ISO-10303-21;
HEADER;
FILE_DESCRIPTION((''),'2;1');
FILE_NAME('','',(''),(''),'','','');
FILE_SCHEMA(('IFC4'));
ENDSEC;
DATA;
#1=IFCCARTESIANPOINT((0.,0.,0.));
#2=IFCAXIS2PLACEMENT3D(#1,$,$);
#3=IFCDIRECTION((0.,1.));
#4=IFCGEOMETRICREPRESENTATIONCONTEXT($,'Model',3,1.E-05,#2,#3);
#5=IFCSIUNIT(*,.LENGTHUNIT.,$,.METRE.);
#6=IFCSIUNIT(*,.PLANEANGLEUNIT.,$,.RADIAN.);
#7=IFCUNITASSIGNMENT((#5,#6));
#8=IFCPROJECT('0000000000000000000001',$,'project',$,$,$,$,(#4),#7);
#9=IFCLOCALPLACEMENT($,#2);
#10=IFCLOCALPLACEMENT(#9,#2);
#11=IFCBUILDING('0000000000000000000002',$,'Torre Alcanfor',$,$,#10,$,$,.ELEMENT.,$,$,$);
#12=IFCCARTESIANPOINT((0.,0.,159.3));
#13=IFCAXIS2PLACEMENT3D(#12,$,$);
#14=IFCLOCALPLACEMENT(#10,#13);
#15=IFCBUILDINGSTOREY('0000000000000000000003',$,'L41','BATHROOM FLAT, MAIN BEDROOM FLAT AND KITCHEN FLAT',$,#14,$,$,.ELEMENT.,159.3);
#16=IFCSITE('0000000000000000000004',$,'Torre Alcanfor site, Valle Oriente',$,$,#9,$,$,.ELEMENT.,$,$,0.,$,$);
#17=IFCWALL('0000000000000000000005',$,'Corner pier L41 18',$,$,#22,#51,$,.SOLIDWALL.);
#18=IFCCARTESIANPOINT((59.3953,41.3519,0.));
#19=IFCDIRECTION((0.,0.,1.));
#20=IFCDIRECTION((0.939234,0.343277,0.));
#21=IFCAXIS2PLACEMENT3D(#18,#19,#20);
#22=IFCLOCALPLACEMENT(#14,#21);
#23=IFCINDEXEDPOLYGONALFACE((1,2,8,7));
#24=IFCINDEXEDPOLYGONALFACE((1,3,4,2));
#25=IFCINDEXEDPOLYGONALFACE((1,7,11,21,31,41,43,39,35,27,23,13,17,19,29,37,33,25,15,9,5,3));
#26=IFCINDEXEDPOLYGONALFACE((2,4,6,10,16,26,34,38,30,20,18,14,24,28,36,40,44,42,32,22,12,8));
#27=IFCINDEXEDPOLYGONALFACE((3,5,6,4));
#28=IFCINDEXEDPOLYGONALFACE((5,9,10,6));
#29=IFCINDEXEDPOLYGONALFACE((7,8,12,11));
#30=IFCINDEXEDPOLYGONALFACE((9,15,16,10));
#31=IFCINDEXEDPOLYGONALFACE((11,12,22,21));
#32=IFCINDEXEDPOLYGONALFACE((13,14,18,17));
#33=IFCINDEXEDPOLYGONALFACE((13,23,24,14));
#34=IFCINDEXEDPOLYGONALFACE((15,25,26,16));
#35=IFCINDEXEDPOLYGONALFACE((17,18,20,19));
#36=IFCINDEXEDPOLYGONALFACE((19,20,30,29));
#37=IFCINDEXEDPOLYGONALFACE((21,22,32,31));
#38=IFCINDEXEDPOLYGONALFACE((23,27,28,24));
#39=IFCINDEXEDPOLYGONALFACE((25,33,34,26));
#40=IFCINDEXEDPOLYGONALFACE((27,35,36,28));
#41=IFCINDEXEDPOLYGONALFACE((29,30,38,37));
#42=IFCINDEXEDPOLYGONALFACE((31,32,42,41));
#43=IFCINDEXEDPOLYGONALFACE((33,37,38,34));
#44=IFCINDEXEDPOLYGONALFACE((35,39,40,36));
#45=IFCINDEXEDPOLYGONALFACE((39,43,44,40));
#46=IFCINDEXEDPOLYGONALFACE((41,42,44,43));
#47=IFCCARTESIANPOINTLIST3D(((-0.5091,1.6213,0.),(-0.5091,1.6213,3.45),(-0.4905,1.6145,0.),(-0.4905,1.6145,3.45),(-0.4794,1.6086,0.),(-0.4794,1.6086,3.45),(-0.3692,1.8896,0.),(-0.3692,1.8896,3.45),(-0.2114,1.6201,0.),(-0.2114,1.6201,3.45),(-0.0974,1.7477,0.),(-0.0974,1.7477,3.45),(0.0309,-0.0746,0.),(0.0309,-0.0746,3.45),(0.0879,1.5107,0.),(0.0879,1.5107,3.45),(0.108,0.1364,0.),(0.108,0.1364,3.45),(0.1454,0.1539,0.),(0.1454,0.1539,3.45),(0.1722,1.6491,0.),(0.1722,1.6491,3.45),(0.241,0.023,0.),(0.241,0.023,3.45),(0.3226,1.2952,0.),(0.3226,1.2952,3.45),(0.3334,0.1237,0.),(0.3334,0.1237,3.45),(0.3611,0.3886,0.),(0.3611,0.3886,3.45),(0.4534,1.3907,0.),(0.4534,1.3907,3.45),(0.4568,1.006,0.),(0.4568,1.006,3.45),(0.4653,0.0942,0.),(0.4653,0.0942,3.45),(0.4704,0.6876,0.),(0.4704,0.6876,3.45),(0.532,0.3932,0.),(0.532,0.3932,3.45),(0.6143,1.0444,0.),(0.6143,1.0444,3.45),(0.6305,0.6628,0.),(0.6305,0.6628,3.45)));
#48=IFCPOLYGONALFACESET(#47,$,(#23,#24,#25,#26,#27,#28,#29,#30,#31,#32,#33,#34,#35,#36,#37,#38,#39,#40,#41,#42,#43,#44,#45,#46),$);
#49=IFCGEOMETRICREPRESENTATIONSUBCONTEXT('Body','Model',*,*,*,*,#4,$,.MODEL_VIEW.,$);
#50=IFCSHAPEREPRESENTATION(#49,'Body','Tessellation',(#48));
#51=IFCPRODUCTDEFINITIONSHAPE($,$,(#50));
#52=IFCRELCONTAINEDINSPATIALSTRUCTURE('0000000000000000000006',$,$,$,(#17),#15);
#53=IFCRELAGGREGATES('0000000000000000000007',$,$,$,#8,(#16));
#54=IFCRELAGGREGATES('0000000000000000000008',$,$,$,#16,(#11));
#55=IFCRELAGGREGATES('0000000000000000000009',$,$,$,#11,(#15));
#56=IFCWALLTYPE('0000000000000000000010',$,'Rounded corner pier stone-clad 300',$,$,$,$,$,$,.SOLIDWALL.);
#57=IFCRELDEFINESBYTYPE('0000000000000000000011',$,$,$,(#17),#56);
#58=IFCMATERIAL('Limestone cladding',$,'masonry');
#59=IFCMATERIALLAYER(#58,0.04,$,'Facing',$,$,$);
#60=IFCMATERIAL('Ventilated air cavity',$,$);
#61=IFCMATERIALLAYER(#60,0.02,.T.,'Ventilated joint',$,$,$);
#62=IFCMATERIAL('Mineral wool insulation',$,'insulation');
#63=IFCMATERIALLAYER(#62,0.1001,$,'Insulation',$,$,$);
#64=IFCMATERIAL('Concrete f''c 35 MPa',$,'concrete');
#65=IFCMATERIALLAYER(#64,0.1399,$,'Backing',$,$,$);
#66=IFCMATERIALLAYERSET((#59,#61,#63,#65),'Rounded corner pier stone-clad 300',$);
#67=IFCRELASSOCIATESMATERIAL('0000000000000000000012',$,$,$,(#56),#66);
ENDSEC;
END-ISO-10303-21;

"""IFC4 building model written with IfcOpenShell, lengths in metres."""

from ifc_helpers import new_model, si_unit, direction, frame, origin, place, context, subcontext, project, spatial, polyline, outline, extrude, material, layer, layer_set, type_object, element, save


model = new_model("IFC4")

# Units and contexts
model_context = context("Model", 3, precision=1e-05, world=origin(), true_north=direction((0.0, 1.0)))
body_context = subcontext(model_context, "Body", "Model", "MODEL_VIEW")
ifc_project = project(units=[si_unit("LENGTHUNIT", "METRE"), si_unit("PLANEANGLEUNIT", "RADIAN")], contexts=[model_context])

# Site, building, storey
site_placement = place(None, origin())
site = spatial("IfcSite", under=ifc_project, at=site_placement, Name="Torre Alcanfor site, Valle Oriente", CompositionType="ELEMENT", RefElevation=0.0)
building_placement = place(site_placement, origin())
building = spatial("IfcBuilding", under=site, at=building_placement, Name="Torre Alcanfor", CompositionType="ELEMENT")
storey_placement = place(building_placement, frame((0.0, 0.0, 159.3)))
storey = spatial("IfcBuildingStorey", under=building, at=storey_placement, Name="L41", Description="BATHROOM FLAT, MAIN BEDROOM FLAT AND KITCHEN FLAT", CompositionType="ELEMENT", Elevation=159.3)

# Shared definitions
ifc_material_1 = material(Name="Limestone cladding", Category="masonry")
ifc_material_2 = material(Name="Ventilated air cavity")
ifc_material_3 = material(Name="Mineral wool insulation", Category="insulation")
ifc_material_4 = material(Name="Concrete f'c 35 MPa", Category="concrete")

# Wall
ifc_layer_1 = layer(ifc_material_1, 0.04, Name="Facing")
ifc_layer_2 = layer(ifc_material_2, 0.02, ventilated=True, Name="Ventilated joint")
ifc_layer_3 = layer(ifc_material_3, 0.1001, Name="Insulation")
ifc_layer_4 = layer(ifc_material_4, 0.1399, Name="Backing")
ifc_layer_set_1 = layer_set([ifc_layer_1, ifc_layer_2, ifc_layer_3, ifc_layer_4], Name="Rounded corner pier stone-clad 300")
wall_type_1 = type_object("IfcWallType", Name="Rounded corner pier stone-clad 300", PredefinedType="SOLIDWALL", material=ifc_layer_set_1)
wall_1_placement = place(storey_placement, frame((59.3953, 41.3519, 0.0), z_axis=(0.0, 0.0, 1.0), x_axis=(0.939234, 0.343277, 0.0)))
element("IfcWall", 1, at=wall_1_placement, inside=storey, type_object=wall_type_1, Name="Corner pier L41 18", PredefinedType="SOLIDWALL", context=body_context, shape_type="SweptSolid", body=[
    extrude(outline(polyline([(0.532, 0.3932), (0.6305, 0.6628), (0.6143, 1.0444), (0.4534, 1.3907), (0.1722, 1.6491), (-0.0974, 1.7477), (-0.3692, 1.8896), (-0.5091, 1.6213), (-0.4905, 1.6145), (-0.4794, 1.6086), (-0.2114, 1.6201), (0.0879, 1.5107), (0.3226, 1.2952), (0.4568, 1.006), (0.4704, 0.6876), (0.3611, 0.3886), (0.1454, 0.1539), (0.108, 0.1364), (0.0309, -0.0746), (0.241, 0.023), (0.3334, 0.1237), (0.4653, 0.0942), (0.532, 0.3932)])), origin(), (0.0, 0.0, 1.0), 3.45),
])

save(model, "model.ifc")
